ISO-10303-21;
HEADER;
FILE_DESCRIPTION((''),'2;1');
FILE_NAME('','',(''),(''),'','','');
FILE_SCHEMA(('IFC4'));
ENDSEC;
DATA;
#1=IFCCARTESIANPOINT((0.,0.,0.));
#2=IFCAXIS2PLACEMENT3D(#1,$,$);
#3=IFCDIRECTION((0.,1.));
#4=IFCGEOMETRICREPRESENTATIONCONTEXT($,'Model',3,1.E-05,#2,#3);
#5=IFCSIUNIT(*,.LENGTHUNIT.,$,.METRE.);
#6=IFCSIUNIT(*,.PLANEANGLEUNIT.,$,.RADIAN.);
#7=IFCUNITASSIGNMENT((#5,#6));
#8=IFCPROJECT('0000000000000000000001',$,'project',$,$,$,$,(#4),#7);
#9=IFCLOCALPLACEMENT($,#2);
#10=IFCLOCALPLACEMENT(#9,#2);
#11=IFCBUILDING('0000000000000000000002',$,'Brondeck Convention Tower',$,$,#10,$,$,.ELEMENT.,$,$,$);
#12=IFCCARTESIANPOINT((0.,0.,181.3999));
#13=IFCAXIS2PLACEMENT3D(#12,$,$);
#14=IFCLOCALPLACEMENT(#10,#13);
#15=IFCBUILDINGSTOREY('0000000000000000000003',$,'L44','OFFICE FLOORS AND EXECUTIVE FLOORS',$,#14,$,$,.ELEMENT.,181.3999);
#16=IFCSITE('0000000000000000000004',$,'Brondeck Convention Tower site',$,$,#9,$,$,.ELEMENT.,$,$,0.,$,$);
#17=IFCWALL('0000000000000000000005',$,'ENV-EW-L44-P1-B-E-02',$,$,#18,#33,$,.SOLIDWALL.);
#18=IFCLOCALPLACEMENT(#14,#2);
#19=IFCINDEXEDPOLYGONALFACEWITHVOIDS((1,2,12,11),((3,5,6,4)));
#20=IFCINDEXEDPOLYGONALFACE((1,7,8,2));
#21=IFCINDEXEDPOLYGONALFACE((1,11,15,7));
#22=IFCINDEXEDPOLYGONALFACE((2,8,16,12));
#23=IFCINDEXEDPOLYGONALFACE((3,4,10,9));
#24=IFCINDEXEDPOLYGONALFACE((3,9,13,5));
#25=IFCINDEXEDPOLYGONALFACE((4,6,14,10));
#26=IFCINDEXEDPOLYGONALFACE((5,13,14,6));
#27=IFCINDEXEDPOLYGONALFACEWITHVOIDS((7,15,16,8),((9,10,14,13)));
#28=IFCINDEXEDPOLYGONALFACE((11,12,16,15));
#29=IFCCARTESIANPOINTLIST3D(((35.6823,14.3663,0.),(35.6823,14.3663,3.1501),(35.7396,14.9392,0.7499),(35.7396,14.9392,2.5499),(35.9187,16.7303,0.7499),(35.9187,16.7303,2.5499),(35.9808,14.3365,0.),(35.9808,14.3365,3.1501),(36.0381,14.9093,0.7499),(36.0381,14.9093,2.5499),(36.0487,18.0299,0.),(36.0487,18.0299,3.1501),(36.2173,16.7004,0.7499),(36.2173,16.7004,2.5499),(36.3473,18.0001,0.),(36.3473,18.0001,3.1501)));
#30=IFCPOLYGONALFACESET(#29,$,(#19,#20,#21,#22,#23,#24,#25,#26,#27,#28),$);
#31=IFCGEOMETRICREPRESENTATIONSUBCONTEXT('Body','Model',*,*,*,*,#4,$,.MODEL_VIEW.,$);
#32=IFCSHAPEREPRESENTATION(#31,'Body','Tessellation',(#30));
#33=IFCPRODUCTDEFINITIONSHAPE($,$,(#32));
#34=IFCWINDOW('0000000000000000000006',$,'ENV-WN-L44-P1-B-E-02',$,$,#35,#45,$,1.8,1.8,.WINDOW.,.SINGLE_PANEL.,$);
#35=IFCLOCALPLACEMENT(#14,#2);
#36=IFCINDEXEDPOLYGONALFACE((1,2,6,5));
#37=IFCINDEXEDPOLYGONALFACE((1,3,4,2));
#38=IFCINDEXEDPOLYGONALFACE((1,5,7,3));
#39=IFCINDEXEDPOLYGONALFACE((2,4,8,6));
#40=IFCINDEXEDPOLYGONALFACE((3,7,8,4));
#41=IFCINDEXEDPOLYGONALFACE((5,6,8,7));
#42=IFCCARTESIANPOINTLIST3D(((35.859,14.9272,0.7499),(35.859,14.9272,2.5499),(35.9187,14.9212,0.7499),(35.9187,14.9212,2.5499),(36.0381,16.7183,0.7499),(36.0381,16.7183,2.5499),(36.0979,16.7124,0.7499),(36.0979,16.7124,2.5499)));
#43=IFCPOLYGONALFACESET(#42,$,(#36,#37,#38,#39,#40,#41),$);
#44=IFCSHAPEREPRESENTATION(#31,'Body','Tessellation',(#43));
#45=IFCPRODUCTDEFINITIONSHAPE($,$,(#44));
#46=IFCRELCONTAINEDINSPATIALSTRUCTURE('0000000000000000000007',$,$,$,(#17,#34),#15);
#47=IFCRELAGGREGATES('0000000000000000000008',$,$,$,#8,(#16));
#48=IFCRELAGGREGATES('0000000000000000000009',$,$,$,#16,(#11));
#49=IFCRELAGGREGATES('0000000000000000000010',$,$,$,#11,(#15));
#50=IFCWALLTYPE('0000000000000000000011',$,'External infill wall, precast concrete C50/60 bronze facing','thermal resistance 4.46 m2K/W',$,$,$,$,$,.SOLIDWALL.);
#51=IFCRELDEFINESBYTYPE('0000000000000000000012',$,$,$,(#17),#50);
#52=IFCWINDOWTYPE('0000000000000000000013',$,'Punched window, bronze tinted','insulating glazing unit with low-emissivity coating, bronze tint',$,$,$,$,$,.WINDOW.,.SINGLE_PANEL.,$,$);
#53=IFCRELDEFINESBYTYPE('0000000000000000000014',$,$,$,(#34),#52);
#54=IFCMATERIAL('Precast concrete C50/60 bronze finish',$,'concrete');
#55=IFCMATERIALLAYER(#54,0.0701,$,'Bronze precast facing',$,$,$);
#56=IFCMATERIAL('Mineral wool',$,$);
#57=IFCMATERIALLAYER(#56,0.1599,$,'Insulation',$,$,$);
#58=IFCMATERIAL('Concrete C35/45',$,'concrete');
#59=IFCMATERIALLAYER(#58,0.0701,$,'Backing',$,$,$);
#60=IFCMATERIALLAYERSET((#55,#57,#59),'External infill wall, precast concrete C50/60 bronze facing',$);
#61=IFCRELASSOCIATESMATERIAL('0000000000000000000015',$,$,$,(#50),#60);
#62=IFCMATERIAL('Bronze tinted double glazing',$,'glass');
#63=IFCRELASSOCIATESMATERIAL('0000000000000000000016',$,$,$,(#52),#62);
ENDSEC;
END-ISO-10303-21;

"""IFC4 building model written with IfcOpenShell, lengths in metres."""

from ifc_helpers import new_model, si_unit, direction, frame, frame_2d, origin, place, context, subcontext, project, spatial, rectangle, extrude, material, layer, layer_set, type_object, element, fill, save


model = new_model("IFC4")

# Units and contexts
model_context = context("Model", 3, precision=1e-05, world=origin(), true_north=direction((0.0, 1.0)))
body_context = subcontext(model_context, "Body", "Model", "MODEL_VIEW")
ifc_project = project(units=[si_unit("LENGTHUNIT", "METRE"), si_unit("PLANEANGLEUNIT", "RADIAN")], contexts=[model_context])

# Site, building, storey
site_placement = place(None, origin())
site = spatial("IfcSite", under=ifc_project, at=site_placement, Name="Brondeck Convention Tower site", CompositionType="ELEMENT", RefElevation=0.0)
building_placement = place(site_placement, origin())
building = spatial("IfcBuilding", under=site, at=building_placement, Name="Brondeck Convention Tower", CompositionType="ELEMENT")
storey_placement = place(building_placement, frame((0.0, 0.0, 181.3999)))
storey = spatial("IfcBuildingStorey", under=building, at=storey_placement, Name="L44", Description="OFFICE FLOORS AND EXECUTIVE FLOORS", CompositionType="ELEMENT", Elevation=181.3999)

# Shared definitions
ifc_material_1 = material(Name="Precast concrete C50/60 bronze finish", Category="concrete")
ifc_layer_1 = layer(ifc_material_1, 0.0701, Name="Bronze precast facing")
ifc_material_2 = material(Name="Mineral wool")
ifc_layer_2 = layer(ifc_material_2, 0.1599, Name="Insulation")
ifc_material_3 = material(Name="Concrete C35/45", Category="concrete")
ifc_layer_3 = layer(ifc_material_3, 0.0701, Name="Backing")
ifc_layer_set = layer_set([ifc_layer_1, ifc_layer_2, ifc_layer_3], Name="External infill wall, precast concrete C50/60 bronze facing")
wall_type = type_object("IfcWallType", Name="External infill wall, precast concrete C50/60 bronze facing", Description="thermal resistance 4.46 m2K/W", PredefinedType="SOLIDWALL", material=ifc_layer_set)
ifc_material_4 = material(Name="Bronze tinted double glazing", Category="glass")
window_type_1 = type_object("IfcWindowType", Name="Punched window, bronze tinted", Description="insulating glazing unit with low-emissivity coating, bronze tint", PartitioningType="SINGLE_PANEL", PredefinedType="WINDOW", material=ifc_material_4)

# Wall, opening, window
wall_1_placement = place(storey_placement, frame((36.198, 18.0149, 0.0), z_axis=(0.0, 0.0, 1.0), x_axis=(-0.09953, -0.995035, 0.0)))
wall_1 = element("IfcWall", 1, at=wall_1_placement, inside=storey, type_object=wall_type, Name="ENV-EW-L44-P1-B-E-02", PredefinedType="SOLIDWALL", context=body_context, shape_type="SweptSolid", body=[
    extrude(rectangle(XDim=3.6819, YDim=0.3, at=frame_2d((1.8408, 0.0))), origin(), (0.0, 0.0, 1.0), 3.1501),
])
opening_1_placement = place(wall_1_placement, frame((1.3062, 0.0, 0.75)))
opening_1 = element("IfcOpeningElement", 2, at=opening_1_placement, cuts=wall_1, PredefinedType="OPENING", context=body_context, shape_type="SweptSolid", body=[
    extrude(rectangle(XDim=1.8, YDim=1.8, at=frame_2d((0.8999, 0.8999))), frame((0.0, 0.1599, 0.0), z_axis=(0.0, -1.0, 0.0), x_axis=(1.0, 0.0, 0.0)), (0.0, 0.0, 1.0), 0.3201),
])
window_1_placement = place(opening_1_placement, origin())
window_1 = element("IfcWindow", 3, at=window_1_placement, inside=storey, type_object=window_type_1, Name="ENV-WN-L44-P1-B-E-02", OverallHeight=1.8, OverallWidth=1.8, PartitioningType="SINGLE_PANEL", PredefinedType="WINDOW", context=body_context, shape_type="SweptSolid", body=[
    extrude(rectangle(XDim=1.8, YDim=1.8, at=frame_2d((0.8999, 0.8999))), frame((0.0, 0.03, 0.0), z_axis=(0.0, -1.0, 0.0), x_axis=(1.0, 0.0, 0.0)), (0.0, 0.0, 1.0), 0.0601),
])
fill(opening_1, window_1)

save(model, "model.ifc")
